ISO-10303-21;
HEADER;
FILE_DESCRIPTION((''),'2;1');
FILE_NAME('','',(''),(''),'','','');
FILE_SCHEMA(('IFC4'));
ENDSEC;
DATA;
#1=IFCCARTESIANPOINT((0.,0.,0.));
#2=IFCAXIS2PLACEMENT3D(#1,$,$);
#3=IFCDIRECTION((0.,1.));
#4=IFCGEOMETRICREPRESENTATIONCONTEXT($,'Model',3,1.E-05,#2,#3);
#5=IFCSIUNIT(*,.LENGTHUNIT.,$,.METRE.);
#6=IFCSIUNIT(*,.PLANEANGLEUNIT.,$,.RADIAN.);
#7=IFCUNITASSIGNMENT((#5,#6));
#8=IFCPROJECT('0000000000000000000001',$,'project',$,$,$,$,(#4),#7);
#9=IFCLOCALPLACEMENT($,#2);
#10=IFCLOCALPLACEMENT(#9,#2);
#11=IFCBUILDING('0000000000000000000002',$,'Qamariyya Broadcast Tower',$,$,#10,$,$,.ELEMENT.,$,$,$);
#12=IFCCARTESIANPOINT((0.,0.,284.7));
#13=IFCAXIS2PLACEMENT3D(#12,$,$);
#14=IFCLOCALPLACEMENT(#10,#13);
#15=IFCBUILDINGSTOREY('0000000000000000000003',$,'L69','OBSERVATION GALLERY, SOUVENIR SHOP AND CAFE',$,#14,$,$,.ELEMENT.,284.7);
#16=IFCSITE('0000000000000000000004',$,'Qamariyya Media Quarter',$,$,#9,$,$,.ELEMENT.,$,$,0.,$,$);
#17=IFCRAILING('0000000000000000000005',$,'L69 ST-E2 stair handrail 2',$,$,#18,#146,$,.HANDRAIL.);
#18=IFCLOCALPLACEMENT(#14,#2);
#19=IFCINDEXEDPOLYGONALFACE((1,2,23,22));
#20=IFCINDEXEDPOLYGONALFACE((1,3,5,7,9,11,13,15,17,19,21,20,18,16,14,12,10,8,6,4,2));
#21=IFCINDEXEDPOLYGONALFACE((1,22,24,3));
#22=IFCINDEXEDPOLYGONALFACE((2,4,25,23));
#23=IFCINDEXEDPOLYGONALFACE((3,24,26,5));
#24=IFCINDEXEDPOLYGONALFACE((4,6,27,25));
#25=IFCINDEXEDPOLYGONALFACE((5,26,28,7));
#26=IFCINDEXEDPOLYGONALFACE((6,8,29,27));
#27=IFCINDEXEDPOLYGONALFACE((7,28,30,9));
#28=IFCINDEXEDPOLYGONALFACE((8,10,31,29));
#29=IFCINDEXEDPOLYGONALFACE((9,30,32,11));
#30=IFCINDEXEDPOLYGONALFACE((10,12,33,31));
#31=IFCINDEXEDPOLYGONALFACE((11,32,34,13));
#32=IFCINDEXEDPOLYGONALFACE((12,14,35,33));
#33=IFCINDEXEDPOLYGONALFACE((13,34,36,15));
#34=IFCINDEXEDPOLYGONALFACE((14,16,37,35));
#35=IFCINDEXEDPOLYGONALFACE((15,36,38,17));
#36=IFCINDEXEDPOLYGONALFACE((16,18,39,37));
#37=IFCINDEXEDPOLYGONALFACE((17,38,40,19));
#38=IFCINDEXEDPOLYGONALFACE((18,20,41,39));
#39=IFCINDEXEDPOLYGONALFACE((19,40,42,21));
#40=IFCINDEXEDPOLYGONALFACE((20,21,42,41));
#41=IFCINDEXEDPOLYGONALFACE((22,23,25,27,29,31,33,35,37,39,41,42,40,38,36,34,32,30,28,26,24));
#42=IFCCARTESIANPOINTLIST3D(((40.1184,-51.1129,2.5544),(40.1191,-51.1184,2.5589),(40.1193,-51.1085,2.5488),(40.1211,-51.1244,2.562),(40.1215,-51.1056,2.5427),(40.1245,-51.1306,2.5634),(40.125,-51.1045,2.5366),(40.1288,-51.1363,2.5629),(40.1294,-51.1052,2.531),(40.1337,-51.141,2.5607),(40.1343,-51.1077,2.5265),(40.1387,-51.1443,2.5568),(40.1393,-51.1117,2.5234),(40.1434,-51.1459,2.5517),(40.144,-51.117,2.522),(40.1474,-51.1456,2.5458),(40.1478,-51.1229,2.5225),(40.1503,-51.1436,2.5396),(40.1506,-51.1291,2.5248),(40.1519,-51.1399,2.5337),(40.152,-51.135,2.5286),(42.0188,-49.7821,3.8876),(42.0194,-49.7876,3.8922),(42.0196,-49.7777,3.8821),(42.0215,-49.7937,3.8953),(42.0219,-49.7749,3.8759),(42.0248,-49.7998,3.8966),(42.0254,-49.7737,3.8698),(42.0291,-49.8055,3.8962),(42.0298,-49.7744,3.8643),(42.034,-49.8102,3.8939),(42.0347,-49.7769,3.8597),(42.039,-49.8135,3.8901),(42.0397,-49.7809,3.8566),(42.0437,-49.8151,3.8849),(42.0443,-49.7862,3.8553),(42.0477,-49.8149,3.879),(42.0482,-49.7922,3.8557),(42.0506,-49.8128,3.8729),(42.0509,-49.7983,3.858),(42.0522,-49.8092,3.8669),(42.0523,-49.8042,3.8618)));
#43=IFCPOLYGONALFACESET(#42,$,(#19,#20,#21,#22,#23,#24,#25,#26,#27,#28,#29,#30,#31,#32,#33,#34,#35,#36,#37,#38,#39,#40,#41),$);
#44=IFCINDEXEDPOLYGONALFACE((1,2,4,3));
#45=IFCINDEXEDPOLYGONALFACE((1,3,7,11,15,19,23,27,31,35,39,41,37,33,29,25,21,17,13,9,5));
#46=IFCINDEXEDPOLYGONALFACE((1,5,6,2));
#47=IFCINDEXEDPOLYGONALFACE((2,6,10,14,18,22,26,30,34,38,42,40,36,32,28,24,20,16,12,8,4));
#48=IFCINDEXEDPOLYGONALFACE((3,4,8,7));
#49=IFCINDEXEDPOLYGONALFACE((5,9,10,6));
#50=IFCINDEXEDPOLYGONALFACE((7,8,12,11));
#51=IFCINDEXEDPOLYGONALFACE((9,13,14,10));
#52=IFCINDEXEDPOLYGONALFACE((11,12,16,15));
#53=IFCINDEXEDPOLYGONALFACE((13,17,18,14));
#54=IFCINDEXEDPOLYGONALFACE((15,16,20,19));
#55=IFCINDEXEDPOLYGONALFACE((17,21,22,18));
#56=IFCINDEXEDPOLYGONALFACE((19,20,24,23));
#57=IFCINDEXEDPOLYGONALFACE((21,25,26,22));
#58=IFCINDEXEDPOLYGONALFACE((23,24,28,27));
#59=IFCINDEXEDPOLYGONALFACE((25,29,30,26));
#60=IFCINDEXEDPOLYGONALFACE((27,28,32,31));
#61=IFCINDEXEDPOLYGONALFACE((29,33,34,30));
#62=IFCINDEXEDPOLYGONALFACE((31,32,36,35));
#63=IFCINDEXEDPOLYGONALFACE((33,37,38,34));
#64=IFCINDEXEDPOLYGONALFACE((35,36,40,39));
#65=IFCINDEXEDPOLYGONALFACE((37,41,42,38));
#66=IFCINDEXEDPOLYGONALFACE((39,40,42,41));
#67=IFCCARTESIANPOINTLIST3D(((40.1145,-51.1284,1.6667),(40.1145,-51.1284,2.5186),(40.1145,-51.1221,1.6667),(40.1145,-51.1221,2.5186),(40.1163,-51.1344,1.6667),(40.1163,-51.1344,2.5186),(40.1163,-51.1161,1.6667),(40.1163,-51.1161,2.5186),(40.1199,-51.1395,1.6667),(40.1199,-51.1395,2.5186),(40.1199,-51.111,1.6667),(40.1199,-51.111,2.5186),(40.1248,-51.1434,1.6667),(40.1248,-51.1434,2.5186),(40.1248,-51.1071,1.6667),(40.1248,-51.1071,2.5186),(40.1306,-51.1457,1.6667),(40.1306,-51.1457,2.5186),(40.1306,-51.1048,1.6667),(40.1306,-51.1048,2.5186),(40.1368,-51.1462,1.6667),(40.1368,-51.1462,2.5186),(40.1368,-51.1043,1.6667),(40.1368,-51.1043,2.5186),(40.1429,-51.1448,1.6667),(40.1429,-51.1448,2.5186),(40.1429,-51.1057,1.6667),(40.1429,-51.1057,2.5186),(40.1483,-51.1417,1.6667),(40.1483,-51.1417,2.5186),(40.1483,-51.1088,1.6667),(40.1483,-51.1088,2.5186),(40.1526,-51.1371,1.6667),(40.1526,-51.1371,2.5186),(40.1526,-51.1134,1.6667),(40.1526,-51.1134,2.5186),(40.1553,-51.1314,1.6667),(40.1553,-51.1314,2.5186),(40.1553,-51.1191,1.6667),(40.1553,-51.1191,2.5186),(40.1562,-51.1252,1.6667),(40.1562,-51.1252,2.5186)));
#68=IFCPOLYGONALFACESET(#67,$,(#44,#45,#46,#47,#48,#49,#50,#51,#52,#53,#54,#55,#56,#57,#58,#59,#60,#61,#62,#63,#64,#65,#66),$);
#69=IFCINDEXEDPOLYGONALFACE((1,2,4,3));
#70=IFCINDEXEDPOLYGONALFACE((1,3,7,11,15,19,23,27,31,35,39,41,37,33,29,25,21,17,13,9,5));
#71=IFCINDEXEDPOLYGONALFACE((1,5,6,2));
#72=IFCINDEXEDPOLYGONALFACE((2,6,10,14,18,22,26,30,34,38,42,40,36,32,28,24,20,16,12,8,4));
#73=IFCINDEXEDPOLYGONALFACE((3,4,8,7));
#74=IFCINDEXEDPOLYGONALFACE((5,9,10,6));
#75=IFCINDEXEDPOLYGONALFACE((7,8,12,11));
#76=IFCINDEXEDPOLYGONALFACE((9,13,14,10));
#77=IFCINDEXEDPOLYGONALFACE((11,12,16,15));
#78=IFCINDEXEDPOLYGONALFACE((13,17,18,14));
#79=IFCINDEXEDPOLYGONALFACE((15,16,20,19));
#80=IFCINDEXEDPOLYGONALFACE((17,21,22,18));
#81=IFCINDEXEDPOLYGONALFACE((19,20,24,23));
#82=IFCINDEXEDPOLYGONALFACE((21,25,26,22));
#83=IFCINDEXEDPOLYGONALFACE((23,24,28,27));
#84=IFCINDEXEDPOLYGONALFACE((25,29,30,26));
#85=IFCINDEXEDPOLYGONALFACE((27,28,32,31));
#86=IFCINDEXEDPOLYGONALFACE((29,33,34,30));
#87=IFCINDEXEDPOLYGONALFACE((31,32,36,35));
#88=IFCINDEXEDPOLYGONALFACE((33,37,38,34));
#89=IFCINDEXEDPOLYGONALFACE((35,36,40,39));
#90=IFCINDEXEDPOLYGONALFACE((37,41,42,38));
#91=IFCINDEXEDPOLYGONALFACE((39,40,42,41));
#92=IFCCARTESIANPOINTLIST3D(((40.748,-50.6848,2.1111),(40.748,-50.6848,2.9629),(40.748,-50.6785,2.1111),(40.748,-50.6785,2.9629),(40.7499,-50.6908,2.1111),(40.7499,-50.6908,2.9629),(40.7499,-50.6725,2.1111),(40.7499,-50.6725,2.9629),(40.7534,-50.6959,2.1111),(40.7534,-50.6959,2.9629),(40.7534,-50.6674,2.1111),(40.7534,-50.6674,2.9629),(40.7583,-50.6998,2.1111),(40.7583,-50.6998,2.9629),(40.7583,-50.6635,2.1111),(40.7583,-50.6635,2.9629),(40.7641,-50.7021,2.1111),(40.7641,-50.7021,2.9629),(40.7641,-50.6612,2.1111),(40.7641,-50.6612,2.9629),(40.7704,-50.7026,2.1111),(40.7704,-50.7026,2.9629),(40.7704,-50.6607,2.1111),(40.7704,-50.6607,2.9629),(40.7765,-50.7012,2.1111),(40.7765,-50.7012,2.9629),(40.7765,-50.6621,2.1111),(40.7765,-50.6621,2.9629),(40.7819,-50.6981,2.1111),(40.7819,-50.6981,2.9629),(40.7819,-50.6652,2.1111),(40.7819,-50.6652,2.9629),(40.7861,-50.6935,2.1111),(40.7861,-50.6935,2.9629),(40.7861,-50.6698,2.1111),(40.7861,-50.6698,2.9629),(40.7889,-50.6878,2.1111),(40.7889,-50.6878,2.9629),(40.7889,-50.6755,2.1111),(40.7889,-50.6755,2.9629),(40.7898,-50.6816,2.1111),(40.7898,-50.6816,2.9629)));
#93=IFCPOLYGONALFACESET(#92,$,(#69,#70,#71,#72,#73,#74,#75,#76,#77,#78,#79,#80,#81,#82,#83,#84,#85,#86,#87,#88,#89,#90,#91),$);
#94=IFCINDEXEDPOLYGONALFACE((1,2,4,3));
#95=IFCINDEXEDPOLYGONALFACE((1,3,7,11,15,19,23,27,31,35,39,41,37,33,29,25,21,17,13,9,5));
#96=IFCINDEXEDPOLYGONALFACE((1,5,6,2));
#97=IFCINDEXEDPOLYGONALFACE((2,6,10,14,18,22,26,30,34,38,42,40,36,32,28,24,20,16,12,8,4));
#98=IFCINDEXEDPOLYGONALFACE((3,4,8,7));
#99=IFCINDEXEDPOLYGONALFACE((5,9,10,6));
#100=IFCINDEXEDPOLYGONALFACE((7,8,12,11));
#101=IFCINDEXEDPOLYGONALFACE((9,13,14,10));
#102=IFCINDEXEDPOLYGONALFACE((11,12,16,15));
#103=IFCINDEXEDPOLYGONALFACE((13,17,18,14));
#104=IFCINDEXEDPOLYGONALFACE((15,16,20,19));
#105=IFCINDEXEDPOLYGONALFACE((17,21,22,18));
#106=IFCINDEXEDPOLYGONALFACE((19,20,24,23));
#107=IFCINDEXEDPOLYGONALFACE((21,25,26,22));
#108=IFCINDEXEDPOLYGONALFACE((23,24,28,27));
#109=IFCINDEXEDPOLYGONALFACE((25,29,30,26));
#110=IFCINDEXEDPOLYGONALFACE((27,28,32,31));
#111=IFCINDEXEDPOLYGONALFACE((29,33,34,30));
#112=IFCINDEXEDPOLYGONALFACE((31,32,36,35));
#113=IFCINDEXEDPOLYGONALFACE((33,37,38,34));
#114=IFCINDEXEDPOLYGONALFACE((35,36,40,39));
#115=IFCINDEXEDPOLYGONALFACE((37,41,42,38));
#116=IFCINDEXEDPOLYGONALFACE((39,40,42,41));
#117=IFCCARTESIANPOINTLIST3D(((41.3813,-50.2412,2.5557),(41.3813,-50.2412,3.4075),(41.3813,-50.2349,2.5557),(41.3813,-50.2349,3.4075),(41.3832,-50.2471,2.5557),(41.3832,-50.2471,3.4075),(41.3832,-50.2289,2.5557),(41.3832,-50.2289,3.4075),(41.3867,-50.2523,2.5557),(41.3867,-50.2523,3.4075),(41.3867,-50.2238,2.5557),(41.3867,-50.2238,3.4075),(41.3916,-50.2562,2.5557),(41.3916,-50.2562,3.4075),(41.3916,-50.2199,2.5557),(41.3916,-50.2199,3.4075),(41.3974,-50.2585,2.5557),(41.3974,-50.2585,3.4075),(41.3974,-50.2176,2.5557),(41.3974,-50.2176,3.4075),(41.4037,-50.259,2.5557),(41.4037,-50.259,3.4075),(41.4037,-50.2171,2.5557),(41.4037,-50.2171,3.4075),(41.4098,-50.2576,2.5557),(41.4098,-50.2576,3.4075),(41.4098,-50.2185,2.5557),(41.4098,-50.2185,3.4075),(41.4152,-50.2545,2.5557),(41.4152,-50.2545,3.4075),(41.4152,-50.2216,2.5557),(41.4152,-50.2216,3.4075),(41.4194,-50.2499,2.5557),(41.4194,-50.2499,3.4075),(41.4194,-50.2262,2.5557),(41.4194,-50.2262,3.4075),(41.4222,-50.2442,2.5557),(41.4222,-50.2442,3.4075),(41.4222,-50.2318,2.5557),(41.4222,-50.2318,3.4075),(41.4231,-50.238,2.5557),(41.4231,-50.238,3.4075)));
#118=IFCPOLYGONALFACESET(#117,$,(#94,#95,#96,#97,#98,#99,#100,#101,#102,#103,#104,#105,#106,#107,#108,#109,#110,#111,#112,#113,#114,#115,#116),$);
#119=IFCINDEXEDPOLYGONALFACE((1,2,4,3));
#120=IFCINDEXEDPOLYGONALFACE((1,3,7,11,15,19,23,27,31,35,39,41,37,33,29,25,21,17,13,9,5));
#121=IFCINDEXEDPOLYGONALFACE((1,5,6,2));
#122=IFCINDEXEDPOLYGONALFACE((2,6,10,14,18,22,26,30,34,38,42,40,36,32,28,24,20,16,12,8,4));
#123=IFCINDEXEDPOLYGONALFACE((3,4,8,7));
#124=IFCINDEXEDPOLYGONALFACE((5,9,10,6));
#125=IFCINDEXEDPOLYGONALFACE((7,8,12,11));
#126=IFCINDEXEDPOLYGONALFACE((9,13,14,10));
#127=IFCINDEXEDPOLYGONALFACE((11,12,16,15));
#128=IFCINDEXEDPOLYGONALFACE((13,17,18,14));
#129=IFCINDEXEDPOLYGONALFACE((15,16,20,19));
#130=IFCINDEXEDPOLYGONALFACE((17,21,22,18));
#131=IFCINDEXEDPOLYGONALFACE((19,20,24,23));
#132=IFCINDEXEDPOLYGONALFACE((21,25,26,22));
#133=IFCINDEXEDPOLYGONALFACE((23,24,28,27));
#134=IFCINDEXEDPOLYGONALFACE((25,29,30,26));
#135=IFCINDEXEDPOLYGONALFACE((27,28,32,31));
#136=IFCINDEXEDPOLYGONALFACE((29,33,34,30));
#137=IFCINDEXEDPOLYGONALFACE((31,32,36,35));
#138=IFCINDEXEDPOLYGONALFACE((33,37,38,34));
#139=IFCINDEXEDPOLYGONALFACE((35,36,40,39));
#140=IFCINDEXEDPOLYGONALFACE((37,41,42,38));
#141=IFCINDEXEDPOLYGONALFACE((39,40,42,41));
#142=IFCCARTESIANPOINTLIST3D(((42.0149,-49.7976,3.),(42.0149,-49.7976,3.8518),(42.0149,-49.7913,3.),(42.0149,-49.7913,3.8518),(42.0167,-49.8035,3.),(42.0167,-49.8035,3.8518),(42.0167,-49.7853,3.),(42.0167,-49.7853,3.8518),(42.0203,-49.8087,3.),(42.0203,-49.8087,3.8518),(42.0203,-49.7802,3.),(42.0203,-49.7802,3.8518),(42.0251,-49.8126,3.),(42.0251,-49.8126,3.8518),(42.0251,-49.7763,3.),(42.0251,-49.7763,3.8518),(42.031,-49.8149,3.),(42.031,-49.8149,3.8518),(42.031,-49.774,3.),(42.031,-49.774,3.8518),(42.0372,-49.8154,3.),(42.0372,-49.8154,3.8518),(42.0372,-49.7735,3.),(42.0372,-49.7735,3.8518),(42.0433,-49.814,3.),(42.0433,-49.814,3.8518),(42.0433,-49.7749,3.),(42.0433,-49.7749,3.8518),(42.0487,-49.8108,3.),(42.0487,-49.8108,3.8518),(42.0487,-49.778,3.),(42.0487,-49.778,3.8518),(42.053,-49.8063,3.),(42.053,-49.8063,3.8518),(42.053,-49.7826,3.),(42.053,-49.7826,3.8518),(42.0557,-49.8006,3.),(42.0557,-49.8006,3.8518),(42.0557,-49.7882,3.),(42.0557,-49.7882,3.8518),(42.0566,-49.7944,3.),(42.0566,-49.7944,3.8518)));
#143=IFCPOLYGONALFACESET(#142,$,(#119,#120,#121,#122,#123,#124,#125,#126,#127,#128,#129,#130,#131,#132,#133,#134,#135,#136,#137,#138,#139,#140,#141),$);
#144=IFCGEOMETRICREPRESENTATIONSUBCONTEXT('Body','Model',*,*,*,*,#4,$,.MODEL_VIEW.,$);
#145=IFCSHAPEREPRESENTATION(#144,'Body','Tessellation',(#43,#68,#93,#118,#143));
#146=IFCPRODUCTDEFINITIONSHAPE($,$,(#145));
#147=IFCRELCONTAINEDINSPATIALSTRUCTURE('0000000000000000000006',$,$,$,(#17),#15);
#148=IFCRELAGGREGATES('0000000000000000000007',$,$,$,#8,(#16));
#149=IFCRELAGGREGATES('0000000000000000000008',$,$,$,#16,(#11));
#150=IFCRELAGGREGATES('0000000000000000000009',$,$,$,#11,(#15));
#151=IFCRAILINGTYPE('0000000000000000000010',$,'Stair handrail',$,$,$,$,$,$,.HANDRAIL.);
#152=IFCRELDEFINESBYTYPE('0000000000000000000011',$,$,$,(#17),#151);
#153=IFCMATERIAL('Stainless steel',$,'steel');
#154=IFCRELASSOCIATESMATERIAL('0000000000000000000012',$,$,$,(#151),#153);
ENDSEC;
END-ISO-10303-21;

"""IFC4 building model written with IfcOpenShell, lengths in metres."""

from ifc_helpers import new_model, si_unit, direction, frame, origin, origin_2d, place, context, subcontext, project, spatial, circle, extrude, material, type_object, element, save


model = new_model("IFC4")

# Units and contexts
model_context = context("Model", 3, precision=1e-05, world=origin(), true_north=direction((0.0, 1.0)))
body_context = subcontext(model_context, "Body", "Model", "MODEL_VIEW")
ifc_project = project(units=[si_unit("LENGTHUNIT", "METRE"), si_unit("PLANEANGLEUNIT", "RADIAN")], contexts=[model_context])

# Site, building, storey
site_placement = place(None, origin())
site = spatial("IfcSite", under=ifc_project, at=site_placement, Name="Qamariyya Media Quarter", CompositionType="ELEMENT", RefElevation=0.0)
building_placement = place(site_placement, origin())
building = spatial("IfcBuilding", under=site, at=building_placement, Name="Qamariyya Broadcast Tower", CompositionType="ELEMENT")
storey_placement = place(building_placement, frame((0.0, 0.0, 284.7)))
storey = spatial("IfcBuildingStorey", under=building, at=storey_placement, Name="L69", Description="OBSERVATION GALLERY, SOUVENIR SHOP AND CAFE", CompositionType="ELEMENT", Elevation=284.7)

# Railing
ifc_material_1 = material(Name="Stainless steel", Category="steel")
railing_type_1 = type_object("IfcRailingType", Name="Stair handrail", PredefinedType="HANDRAIL", material=ifc_material_1)
railing_1_placement = place(storey_placement, frame((40.1353, -51.1252, 1.6667)))
element("IfcRailing", 1, at=railing_1_placement, inside=storey, type_object=railing_type_1, Name="L69 ST-E2 stair handrail 2", PredefinedType="HANDRAIL", context=body_context, shape_type="SweptSolid", body=[
    extrude(circle(Radius=0.0239, at=origin_2d()), frame((0.0, 0.0, 0.876), z_axis=(0.710204, 0.497344, 0.498256), x_axis=(-0.573618, 0.819123, 0.0)), (0.0, 0.0, 1.0), 2.6758),
    extrude(circle(Radius=0.021, at=origin_2d()), origin(), (0.0, 0.0, 1.0), 0.8518),
    extrude(circle(Radius=0.021, at=origin_2d()), frame((0.6335, 0.4436, 0.4443)), (0.0, 0.0, 1.0), 0.8518),
    extrude(circle(Radius=0.021, at=origin_2d()), frame((1.2668, 0.8872, 0.8889)), (0.0, 0.0, 1.0), 0.8518),
    extrude(circle(Radius=0.021, at=origin_2d()), frame((1.9004, 1.3308, 1.3333)), (0.0, 0.0, 1.0), 0.8518),
])

save(model, "model.ifc")
